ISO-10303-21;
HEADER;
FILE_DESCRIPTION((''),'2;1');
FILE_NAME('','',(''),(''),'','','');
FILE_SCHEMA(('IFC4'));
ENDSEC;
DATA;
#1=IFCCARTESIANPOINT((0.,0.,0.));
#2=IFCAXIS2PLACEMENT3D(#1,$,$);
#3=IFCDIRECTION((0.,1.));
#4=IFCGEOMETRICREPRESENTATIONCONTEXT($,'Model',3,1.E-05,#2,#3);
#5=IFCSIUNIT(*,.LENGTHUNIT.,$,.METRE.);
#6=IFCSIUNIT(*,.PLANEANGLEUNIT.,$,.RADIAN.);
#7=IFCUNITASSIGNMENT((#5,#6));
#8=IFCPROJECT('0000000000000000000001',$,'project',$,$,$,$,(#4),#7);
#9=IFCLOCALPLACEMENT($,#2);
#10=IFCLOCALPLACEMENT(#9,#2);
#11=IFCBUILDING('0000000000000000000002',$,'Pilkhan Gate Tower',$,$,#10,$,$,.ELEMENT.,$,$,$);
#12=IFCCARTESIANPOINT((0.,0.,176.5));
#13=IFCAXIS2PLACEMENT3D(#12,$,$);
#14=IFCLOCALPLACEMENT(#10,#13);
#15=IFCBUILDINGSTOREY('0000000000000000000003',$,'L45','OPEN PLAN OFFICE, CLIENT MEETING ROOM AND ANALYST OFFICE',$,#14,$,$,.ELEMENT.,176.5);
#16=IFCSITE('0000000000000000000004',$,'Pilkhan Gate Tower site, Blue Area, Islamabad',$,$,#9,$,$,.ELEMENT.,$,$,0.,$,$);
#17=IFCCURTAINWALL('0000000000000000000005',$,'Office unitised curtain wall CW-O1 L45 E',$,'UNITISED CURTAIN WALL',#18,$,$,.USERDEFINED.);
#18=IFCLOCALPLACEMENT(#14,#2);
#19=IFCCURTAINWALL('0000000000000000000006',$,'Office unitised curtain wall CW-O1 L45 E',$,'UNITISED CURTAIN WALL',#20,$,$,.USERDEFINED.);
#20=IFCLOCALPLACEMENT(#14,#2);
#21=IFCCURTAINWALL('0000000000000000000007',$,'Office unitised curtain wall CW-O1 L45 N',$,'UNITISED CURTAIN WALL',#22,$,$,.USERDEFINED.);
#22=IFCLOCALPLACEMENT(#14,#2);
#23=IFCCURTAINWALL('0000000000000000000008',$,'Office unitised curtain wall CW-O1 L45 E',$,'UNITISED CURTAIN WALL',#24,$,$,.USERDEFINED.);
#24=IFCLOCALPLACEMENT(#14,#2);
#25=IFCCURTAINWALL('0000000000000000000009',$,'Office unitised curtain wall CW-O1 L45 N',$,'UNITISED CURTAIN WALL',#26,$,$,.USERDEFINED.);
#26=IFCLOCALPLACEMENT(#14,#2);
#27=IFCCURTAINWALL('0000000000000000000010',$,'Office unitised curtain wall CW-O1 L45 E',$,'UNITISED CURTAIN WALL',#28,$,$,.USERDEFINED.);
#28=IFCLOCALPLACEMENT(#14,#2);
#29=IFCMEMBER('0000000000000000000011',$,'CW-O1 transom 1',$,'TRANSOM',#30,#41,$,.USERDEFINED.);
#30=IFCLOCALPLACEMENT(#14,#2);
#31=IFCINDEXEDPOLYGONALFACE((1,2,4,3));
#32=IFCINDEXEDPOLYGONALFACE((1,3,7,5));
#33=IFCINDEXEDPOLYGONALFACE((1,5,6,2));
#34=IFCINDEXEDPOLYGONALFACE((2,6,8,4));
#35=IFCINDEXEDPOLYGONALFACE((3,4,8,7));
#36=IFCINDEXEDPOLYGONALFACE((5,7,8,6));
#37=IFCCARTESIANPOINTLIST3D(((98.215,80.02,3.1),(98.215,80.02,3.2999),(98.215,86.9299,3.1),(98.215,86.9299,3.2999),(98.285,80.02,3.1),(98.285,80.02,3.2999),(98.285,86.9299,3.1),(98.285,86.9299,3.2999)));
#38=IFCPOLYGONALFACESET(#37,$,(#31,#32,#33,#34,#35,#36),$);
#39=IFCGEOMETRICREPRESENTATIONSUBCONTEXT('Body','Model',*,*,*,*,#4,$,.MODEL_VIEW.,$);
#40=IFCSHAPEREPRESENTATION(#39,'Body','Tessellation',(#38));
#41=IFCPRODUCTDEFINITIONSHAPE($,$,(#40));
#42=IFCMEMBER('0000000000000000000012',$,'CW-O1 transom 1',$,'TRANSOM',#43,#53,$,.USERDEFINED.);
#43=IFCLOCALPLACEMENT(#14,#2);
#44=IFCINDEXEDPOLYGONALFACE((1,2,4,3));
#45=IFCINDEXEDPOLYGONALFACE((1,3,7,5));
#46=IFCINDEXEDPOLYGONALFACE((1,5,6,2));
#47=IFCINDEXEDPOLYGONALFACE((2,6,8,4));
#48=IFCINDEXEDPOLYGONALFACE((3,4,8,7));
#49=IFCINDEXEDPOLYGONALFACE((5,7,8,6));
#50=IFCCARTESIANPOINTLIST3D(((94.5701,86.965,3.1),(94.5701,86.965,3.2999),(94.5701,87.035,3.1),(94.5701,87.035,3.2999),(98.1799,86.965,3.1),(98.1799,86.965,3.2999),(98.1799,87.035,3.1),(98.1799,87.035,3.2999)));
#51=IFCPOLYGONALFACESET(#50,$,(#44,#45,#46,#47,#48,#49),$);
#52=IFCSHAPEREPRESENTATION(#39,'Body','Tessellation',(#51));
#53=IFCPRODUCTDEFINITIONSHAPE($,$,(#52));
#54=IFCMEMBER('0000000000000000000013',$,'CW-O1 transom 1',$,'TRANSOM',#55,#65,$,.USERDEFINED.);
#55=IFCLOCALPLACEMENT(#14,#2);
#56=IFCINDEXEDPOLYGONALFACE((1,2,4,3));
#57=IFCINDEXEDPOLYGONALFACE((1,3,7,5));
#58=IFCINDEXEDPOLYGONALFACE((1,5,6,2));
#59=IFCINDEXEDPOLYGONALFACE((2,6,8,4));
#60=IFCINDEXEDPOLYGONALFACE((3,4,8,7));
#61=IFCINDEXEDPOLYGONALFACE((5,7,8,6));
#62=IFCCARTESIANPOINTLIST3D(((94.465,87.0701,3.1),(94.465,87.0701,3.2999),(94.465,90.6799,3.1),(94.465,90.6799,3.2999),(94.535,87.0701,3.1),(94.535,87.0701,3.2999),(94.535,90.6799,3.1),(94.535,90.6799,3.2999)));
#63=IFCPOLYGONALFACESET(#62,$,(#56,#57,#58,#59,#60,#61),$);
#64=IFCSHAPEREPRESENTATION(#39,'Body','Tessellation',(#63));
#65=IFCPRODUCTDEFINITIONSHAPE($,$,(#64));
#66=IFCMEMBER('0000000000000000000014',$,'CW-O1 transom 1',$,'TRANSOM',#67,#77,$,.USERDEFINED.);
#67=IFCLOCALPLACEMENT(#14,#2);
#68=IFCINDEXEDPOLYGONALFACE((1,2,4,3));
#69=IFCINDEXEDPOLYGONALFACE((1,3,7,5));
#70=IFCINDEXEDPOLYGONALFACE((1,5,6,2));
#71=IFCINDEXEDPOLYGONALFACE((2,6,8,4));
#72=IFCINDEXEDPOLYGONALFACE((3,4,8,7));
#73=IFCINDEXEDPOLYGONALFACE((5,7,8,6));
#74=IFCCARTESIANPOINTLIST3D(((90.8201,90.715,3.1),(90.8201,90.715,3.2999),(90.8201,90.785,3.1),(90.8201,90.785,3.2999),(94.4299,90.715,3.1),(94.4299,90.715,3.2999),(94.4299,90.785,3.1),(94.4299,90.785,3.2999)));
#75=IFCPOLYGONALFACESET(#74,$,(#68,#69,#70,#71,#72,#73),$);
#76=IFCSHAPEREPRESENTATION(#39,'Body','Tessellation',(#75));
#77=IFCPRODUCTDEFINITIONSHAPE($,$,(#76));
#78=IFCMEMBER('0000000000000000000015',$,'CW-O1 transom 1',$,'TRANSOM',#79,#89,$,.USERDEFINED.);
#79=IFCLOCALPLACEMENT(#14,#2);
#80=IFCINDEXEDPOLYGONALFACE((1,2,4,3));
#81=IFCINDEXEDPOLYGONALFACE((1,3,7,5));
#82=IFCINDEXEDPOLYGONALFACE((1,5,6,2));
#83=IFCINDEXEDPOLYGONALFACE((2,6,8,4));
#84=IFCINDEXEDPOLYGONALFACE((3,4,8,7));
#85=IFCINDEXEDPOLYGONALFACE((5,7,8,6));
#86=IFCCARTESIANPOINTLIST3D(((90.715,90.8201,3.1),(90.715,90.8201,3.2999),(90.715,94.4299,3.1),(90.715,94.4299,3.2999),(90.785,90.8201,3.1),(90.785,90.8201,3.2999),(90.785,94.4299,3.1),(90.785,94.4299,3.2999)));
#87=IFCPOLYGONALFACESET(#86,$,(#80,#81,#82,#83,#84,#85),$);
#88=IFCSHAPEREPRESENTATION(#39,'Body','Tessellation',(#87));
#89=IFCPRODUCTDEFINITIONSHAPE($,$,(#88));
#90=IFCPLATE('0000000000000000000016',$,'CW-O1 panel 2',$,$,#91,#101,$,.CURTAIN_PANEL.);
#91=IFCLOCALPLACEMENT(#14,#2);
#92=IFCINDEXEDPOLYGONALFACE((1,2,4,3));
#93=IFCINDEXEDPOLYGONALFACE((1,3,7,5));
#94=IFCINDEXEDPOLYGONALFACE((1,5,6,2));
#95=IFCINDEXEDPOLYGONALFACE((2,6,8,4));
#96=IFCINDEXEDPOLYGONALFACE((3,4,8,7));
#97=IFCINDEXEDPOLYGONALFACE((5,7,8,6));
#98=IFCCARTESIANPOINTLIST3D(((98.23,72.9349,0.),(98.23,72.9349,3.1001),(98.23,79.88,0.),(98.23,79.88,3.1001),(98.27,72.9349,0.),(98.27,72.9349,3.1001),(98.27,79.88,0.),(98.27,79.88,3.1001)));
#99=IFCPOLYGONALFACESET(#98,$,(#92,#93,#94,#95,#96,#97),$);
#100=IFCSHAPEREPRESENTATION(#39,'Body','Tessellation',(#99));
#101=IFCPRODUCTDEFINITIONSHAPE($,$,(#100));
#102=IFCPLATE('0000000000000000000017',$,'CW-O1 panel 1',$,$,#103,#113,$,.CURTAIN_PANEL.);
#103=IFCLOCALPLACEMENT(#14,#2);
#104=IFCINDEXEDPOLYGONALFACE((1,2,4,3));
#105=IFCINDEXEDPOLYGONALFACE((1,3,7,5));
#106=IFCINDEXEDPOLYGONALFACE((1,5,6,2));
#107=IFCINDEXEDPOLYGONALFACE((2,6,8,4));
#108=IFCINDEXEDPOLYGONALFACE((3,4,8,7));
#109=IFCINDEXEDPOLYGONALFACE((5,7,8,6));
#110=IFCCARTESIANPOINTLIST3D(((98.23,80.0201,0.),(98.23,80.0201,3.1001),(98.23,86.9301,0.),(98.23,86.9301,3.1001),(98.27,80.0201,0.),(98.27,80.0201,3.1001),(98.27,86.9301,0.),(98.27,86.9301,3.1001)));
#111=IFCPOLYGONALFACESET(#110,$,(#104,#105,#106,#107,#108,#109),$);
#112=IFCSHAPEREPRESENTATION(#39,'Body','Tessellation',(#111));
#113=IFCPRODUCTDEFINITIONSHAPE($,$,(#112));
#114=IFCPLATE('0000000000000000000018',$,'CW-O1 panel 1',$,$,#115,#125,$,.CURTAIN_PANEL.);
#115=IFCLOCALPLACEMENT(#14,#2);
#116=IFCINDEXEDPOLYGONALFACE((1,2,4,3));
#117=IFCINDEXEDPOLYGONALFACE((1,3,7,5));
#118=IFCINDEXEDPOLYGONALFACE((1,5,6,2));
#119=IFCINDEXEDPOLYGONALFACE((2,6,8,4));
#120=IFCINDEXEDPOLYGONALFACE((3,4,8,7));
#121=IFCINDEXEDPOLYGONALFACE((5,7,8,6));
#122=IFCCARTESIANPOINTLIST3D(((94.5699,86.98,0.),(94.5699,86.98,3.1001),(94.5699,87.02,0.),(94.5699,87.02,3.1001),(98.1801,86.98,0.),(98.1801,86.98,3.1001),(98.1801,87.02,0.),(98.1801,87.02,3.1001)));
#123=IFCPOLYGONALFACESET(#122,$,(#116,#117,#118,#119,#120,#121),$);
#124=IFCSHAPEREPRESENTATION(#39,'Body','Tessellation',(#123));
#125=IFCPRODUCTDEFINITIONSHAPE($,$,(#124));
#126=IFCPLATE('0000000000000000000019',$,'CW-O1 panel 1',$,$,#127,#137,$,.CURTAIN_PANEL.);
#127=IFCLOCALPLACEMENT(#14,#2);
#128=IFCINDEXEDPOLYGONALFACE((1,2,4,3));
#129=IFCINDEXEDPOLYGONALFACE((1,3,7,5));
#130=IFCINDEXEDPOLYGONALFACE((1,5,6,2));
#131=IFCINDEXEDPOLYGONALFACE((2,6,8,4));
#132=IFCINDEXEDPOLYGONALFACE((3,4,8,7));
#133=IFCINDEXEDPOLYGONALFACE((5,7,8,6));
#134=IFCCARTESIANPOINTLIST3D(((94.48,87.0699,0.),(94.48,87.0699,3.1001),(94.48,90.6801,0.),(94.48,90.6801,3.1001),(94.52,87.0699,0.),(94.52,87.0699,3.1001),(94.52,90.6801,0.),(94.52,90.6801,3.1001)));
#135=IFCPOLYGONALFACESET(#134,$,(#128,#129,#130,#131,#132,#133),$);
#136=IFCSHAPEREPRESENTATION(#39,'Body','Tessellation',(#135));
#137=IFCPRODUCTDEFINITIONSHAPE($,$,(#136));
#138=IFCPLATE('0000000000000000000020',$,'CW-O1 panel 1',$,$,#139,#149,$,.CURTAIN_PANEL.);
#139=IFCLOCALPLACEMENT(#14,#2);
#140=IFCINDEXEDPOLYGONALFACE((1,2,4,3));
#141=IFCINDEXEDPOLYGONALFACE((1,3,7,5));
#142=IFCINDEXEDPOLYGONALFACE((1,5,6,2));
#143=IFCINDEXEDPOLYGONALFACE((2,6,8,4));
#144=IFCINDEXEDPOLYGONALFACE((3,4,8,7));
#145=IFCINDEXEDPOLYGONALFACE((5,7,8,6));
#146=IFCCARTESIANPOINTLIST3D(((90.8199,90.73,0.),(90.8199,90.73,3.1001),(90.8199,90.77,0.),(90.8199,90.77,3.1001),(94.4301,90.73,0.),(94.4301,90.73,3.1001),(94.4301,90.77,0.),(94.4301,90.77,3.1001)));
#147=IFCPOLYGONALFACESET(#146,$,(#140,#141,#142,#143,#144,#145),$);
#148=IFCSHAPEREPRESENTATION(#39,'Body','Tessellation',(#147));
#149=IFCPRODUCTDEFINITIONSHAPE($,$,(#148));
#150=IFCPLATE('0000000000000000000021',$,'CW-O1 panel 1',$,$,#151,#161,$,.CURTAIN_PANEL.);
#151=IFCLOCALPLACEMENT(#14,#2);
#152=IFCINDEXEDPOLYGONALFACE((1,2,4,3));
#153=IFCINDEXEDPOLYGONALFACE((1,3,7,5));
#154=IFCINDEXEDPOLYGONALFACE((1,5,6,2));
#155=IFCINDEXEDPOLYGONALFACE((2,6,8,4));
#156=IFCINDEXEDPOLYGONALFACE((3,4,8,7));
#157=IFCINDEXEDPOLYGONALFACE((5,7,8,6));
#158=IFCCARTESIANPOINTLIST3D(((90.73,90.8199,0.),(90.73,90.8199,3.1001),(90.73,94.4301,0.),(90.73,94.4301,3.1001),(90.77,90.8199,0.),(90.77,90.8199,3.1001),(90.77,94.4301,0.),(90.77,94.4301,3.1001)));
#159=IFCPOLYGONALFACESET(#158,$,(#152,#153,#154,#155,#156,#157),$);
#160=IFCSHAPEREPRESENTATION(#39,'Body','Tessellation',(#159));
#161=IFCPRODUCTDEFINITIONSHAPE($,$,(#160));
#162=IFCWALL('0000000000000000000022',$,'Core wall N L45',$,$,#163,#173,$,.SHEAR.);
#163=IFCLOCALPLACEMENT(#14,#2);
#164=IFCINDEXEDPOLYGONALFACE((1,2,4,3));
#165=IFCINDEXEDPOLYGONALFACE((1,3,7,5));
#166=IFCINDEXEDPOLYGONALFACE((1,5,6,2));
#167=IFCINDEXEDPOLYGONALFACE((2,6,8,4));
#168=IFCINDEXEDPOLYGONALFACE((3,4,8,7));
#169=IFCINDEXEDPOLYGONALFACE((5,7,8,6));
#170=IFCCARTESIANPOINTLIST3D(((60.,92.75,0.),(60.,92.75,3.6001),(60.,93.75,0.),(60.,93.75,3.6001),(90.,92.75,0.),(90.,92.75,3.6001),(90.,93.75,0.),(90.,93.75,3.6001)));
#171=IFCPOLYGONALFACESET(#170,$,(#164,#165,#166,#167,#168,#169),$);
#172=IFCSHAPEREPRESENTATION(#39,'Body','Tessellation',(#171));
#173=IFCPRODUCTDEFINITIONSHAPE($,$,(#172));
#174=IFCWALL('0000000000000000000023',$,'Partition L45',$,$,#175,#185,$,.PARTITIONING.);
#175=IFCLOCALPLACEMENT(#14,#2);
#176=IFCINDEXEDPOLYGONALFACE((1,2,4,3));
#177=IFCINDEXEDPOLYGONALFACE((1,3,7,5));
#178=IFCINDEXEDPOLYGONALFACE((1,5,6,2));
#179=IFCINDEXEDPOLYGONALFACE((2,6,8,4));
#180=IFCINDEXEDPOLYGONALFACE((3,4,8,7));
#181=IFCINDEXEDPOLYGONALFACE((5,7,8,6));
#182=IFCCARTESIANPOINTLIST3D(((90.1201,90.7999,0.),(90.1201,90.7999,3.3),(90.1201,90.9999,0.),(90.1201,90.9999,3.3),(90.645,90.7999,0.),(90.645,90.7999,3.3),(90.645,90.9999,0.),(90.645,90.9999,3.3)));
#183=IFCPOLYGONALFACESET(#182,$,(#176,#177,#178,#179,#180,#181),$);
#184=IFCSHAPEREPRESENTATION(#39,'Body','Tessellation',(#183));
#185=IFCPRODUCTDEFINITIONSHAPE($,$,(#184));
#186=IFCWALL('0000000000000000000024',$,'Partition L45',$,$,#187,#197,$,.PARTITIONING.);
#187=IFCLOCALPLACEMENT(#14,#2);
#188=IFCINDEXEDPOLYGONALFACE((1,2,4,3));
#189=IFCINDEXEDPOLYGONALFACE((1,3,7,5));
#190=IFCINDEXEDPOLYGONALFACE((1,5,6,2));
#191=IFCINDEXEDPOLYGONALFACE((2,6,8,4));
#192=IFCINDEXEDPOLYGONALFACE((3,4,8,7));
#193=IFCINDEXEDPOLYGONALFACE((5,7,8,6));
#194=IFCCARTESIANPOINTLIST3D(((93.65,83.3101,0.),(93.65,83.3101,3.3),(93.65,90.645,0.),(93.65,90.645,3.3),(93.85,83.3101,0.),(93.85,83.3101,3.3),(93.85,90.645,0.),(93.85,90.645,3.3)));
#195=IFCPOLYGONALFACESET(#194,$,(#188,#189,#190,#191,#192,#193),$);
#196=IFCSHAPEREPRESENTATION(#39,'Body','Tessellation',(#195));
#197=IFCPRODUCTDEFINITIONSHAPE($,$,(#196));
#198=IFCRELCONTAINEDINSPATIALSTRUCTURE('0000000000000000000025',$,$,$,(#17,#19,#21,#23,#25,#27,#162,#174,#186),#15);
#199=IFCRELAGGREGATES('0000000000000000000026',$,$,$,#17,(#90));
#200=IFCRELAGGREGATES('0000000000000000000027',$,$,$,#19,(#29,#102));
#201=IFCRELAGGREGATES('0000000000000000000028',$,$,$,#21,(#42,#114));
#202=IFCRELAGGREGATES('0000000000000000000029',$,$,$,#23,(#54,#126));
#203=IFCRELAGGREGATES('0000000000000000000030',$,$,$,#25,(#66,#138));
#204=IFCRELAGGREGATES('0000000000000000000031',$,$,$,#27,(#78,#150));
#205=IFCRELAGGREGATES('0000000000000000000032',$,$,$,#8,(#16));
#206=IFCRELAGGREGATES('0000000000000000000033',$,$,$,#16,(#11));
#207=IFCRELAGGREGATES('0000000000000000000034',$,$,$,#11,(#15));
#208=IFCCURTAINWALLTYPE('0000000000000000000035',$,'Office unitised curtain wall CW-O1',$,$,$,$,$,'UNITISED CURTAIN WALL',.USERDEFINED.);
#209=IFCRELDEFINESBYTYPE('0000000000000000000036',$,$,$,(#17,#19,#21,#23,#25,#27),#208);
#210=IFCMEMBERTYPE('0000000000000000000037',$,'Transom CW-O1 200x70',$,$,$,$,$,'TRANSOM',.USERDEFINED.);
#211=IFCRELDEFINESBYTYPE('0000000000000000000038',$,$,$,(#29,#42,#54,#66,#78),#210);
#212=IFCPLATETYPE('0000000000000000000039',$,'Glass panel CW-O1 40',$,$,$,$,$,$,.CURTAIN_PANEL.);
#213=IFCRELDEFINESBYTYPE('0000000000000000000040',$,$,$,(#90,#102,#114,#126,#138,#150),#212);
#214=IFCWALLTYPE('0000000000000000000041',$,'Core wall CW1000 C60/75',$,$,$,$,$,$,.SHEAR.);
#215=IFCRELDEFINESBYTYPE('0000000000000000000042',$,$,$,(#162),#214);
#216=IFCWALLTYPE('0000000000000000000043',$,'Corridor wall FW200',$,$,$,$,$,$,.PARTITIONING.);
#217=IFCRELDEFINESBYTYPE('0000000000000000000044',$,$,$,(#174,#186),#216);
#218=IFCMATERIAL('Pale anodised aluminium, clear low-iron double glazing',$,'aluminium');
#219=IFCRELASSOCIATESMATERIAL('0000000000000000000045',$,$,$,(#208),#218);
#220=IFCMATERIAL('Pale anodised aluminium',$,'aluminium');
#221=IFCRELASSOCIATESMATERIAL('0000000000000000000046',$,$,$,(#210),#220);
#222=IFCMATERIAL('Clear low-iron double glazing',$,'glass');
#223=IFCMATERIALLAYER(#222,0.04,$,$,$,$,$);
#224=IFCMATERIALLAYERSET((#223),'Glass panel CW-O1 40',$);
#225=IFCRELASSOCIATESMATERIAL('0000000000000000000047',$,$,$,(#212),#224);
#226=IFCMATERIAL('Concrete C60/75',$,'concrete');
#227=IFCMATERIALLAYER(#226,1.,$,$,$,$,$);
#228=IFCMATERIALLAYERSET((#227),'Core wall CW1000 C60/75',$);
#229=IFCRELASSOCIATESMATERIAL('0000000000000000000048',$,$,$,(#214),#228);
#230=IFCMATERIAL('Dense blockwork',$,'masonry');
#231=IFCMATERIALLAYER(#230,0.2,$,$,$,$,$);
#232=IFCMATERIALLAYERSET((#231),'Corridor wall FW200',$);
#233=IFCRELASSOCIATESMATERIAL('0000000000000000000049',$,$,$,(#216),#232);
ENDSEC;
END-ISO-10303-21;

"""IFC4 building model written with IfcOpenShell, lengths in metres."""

from ifc_helpers import new_model, si_unit, direction, frame, frame_2d, origin, origin_2d, place, context, subcontext, project, spatial, rectangle, extrude, material, layer, layer_set, material_profile, profile_set, type_object, element, aggregate, save


model = new_model("IFC4")

# Units and contexts
model_context = context("Model", 3, precision=1e-05, world=origin(), true_north=direction((0.0, 1.0)))
body_context = subcontext(model_context, "Body", "Model", "MODEL_VIEW")
ifc_project = project(units=[si_unit("LENGTHUNIT", "METRE"), si_unit("PLANEANGLEUNIT", "RADIAN")], contexts=[model_context])

# Site, building, storey
site_placement = place(None, origin())
site = spatial("IfcSite", under=ifc_project, at=site_placement, Name="Pilkhan Gate Tower site, Blue Area, Islamabad", CompositionType="ELEMENT", RefElevation=0.0)
building_placement = place(site_placement, origin())
building = spatial("IfcBuilding", under=site, at=building_placement, Name="Pilkhan Gate Tower", CompositionType="ELEMENT")
storey_placement = place(building_placement, frame((0.0, 0.0, 176.5)))
storey = spatial("IfcBuildingStorey", under=building, at=storey_placement, Name="L45", Description="OPEN PLAN OFFICE, CLIENT MEETING ROOM AND ANALYST OFFICE", CompositionType="ELEMENT", Elevation=176.5)

# Shared definitions
ifc_material_1 = material(Name="Concrete C60/75", Category="concrete")

# Curtain wall
ifc_material_2 = material(Name="Pale anodised aluminium, clear low-iron double glazing", Category="aluminium")
curtain_wall_type = type_object("IfcCurtainWallType", Name="Office unitised curtain wall CW-O1", ElementType="UNITISED CURTAIN WALL", PredefinedType="USERDEFINED", material=ifc_material_2)
curtain_wall_1_placement = place(storey_placement, origin())
curtain_wall_1 = element("IfcCurtainWall", 1, at=curtain_wall_1_placement, inside=storey, type_object=curtain_wall_type, Name="Office unitised curtain wall CW-O1 L45 E", ObjectType="UNITISED CURTAIN WALL", PredefinedType="USERDEFINED")
ifc_material_3 = material(Name="Pale anodised aluminium", Category="aluminium")

# Curtain walls
curtain_wall_2_placement = place(storey_placement, origin())
curtain_wall_2 = element("IfcCurtainWall", 2, at=curtain_wall_2_placement, inside=storey, type_object=curtain_wall_type, Name="Office unitised curtain wall CW-O1 L45 E", ObjectType="UNITISED CURTAIN WALL", PredefinedType="USERDEFINED")
curtain_wall_3_placement = place(storey_placement, origin())
curtain_wall_3 = element("IfcCurtainWall", 3, at=curtain_wall_3_placement, inside=storey, type_object=curtain_wall_type, Name="Office unitised curtain wall CW-O1 L45 N", ObjectType="UNITISED CURTAIN WALL", PredefinedType="USERDEFINED")
curtain_wall_4_placement = place(storey_placement, origin())
curtain_wall_4 = element("IfcCurtainWall", 4, at=curtain_wall_4_placement, inside=storey, type_object=curtain_wall_type, Name="Office unitised curtain wall CW-O1 L45 E", ObjectType="UNITISED CURTAIN WALL", PredefinedType="USERDEFINED")
curtain_wall_5_placement = place(storey_placement, origin())
curtain_wall_5 = element("IfcCurtainWall", 5, at=curtain_wall_5_placement, inside=storey, type_object=curtain_wall_type, Name="Office unitised curtain wall CW-O1 L45 N", ObjectType="UNITISED CURTAIN WALL", PredefinedType="USERDEFINED")
curtain_wall_6_placement = place(storey_placement, origin())
curtain_wall_6 = element("IfcCurtainWall", 6, at=curtain_wall_6_placement, inside=storey, type_object=curtain_wall_type, Name="Office unitised curtain wall CW-O1 L45 E", ObjectType="UNITISED CURTAIN WALL", PredefinedType="USERDEFINED")

# Members
ifc_material_profile_1 = material_profile(ifc_material_3, rectangle(XDim=0.0701, YDim=0.2, at=origin_2d()), Name="Transom 200x70")
ifc_profile_set_1 = profile_set([ifc_material_profile_1], Name="Pale anodised aluminium")
member_type_1 = type_object("IfcMemberType", Name="Transom CW-O1 200x70", ElementType="TRANSOM", PredefinedType="USERDEFINED", material=ifc_profile_set_1)
member_1_placement = place(storey_placement, frame((98.25, 80.02, 3.2), z_axis=(0.0, 1.0, 0.0), x_axis=(-1.0, 0.0, 0.0)))
member_1 = element("IfcMember", 7, at=member_1_placement, type_object=member_type_1, Name="CW-O1 transom 1", ObjectType="TRANSOM", PredefinedType="USERDEFINED", context=body_context, shape_type="SweptSolid", body=[
    extrude(rectangle(XDim=0.0701, YDim=0.2, at=origin_2d()), origin(), (0.0, 0.0, 1.0), 6.9099),
])
member_2_placement = place(storey_placement, frame((94.5701, 87.0, 3.2), z_axis=(1.0, 0.0, 0.0), x_axis=(0.0, 1.0, 0.0)))
member_2 = element("IfcMember", 8, at=member_2_placement, type_object=member_type_1, Name="CW-O1 transom 1", ObjectType="TRANSOM", PredefinedType="USERDEFINED", context=body_context, shape_type="SweptSolid", body=[
    extrude(rectangle(XDim=0.0701, YDim=0.2, at=origin_2d()), origin(), (0.0, 0.0, 1.0), 3.6099),
])
member_3_placement = place(storey_placement, frame((94.5, 87.0701, 3.2), z_axis=(0.0, 1.0, 0.0), x_axis=(-1.0, 0.0, 0.0)))
member_3 = element("IfcMember", 9, at=member_3_placement, type_object=member_type_1, Name="CW-O1 transom 1", ObjectType="TRANSOM", PredefinedType="USERDEFINED", context=body_context, shape_type="SweptSolid", body=[
    extrude(rectangle(XDim=0.0701, YDim=0.2, at=origin_2d()), origin(), (0.0, 0.0, 1.0), 3.6099),
])
member_4_placement = place(storey_placement, frame((90.8201, 90.75, 3.2), z_axis=(1.0, 0.0, 0.0), x_axis=(0.0, 1.0, 0.0)))
member_4 = element("IfcMember", 10, at=member_4_placement, type_object=member_type_1, Name="CW-O1 transom 1", ObjectType="TRANSOM", PredefinedType="USERDEFINED", context=body_context, shape_type="SweptSolid", body=[
    extrude(rectangle(XDim=0.0701, YDim=0.2, at=origin_2d()), origin(), (0.0, 0.0, 1.0), 3.6099),
])
member_5_placement = place(storey_placement, frame((90.75, 90.8201, 3.2), z_axis=(0.0, 1.0, 0.0), x_axis=(-1.0, 0.0, 0.0)))
member_5 = element("IfcMember", 11, at=member_5_placement, type_object=member_type_1, Name="CW-O1 transom 1", ObjectType="TRANSOM", PredefinedType="USERDEFINED", context=body_context, shape_type="SweptSolid", body=[
    extrude(rectangle(XDim=0.0701, YDim=0.2, at=origin_2d()), origin(), (0.0, 0.0, 1.0), 3.6099),
])

# Plates
ifc_material_4 = material(Name="Clear low-iron double glazing", Category="glass")
ifc_layer_1 = layer(ifc_material_4, 0.04)
ifc_layer_set_1 = layer_set([ifc_layer_1], Name="Glass panel CW-O1 40")
plate_type = type_object("IfcPlateType", Name="Glass panel CW-O1 40", PredefinedType="CURTAIN_PANEL", material=ifc_layer_set_1)
plate_1_placement = place(storey_placement, frame((98.25, 76.4075, 0.0), z_axis=(0.0, 0.0, 1.0), x_axis=(0.0, 1.0, 0.0)))
plate_1 = element("IfcPlate", 12, at=plate_1_placement, type_object=plate_type, Name="CW-O1 panel 2", PredefinedType="CURTAIN_PANEL", context=body_context, shape_type="SweptSolid", body=[
    extrude(rectangle(XDim=6.9451, YDim=0.04, at=origin_2d()), origin(), (0.0, 0.0, 1.0), 3.1001),
])
aggregate(curtain_wall_1, [plate_1])
plate_2_placement = place(storey_placement, frame((98.25, 83.4751, 0.0), z_axis=(0.0, 0.0, 1.0), x_axis=(0.0, 1.0, 0.0)))
plate_2 = element("IfcPlate", 13, at=plate_2_placement, type_object=plate_type, Name="CW-O1 panel 1", PredefinedType="CURTAIN_PANEL", context=body_context, shape_type="SweptSolid", body=[
    extrude(rectangle(XDim=6.9099, YDim=0.04, at=origin_2d()), origin(), (0.0, 0.0, 1.0), 3.1001),
])
aggregate(curtain_wall_2, [member_1, plate_2])
plate_3_placement = place(storey_placement, frame((96.375, 87.0, 0.0), z_axis=(0.0, 0.0, 1.0), x_axis=(1.0, 0.0, 0.0)))
plate_3 = element("IfcPlate", 14, at=plate_3_placement, type_object=plate_type, Name="CW-O1 panel 1", PredefinedType="CURTAIN_PANEL", context=body_context, shape_type="SweptSolid", body=[
    extrude(rectangle(XDim=3.6101, YDim=0.04, at=origin_2d()), origin(), (0.0, 0.0, 1.0), 3.1001),
])
aggregate(curtain_wall_3, [member_2, plate_3])
plate_4_placement = place(storey_placement, frame((94.5, 88.875, 0.0), z_axis=(0.0, 0.0, 1.0), x_axis=(0.0, 1.0, 0.0)))
plate_4 = element("IfcPlate", 15, at=plate_4_placement, type_object=plate_type, Name="CW-O1 panel 1", PredefinedType="CURTAIN_PANEL", context=body_context, shape_type="SweptSolid", body=[
    extrude(rectangle(XDim=3.6101, YDim=0.04, at=origin_2d()), origin(), (0.0, 0.0, 1.0), 3.1001),
])
aggregate(curtain_wall_4, [member_3, plate_4])
plate_5_placement = place(storey_placement, frame((92.625, 90.75, 0.0), z_axis=(0.0, 0.0, 1.0), x_axis=(1.0, 0.0, 0.0)))
plate_5 = element("IfcPlate", 16, at=plate_5_placement, type_object=plate_type, Name="CW-O1 panel 1", PredefinedType="CURTAIN_PANEL", context=body_context, shape_type="SweptSolid", body=[
    extrude(rectangle(XDim=3.6101, YDim=0.04, at=origin_2d()), origin(), (0.0, 0.0, 1.0), 3.1001),
])
aggregate(curtain_wall_5, [member_4, plate_5])
plate_6_placement = place(storey_placement, frame((90.75, 92.625, 0.0), z_axis=(0.0, 0.0, 1.0), x_axis=(0.0, 1.0, 0.0)))
plate_6 = element("IfcPlate", 17, at=plate_6_placement, type_object=plate_type, Name="CW-O1 panel 1", PredefinedType="CURTAIN_PANEL", context=body_context, shape_type="SweptSolid", body=[
    extrude(rectangle(XDim=3.6101, YDim=0.04, at=origin_2d()), origin(), (0.0, 0.0, 1.0), 3.1001),
])
aggregate(curtain_wall_6, [member_5, plate_6])

# Walls
ifc_layer_2 = layer(ifc_material_1, 1.0)
ifc_layer_set_2 = layer_set([ifc_layer_2], Name="Core wall CW1000 C60/75")
wall_type_1 = type_object("IfcWallType", Name="Core wall CW1000 C60/75", PredefinedType="SHEAR", material=ifc_layer_set_2)
wall_1_placement = place(storey_placement, frame((90.0, 93.25, 0.0), z_axis=(0.0, 0.0, 1.0), x_axis=(-1.0, 0.0, 0.0)))
element("IfcWall", 18, at=wall_1_placement, inside=storey, type_object=wall_type_1, Name="Core wall N L45", PredefinedType="SHEAR", context=body_context, shape_type="SweptSolid", body=[
    extrude(rectangle(XDim=30.0, YDim=1.0, at=frame_2d((15.0, 0.0))), origin(), (0.0, 0.0, 1.0), 3.6001),
])
ifc_material_5 = material(Name="Dense blockwork", Category="masonry")
ifc_layer_3 = layer(ifc_material_5, 0.2)
ifc_layer_set_3 = layer_set([ifc_layer_3], Name="Corridor wall FW200")
wall_type_2 = type_object("IfcWallType", Name="Corridor wall FW200", PredefinedType="PARTITIONING", material=ifc_layer_set_3)
wall_2_placement = place(storey_placement, frame((90.1201, 90.8999, 0.0), z_axis=(0.0, 0.0, 1.0), x_axis=(1.0, 0.0, 0.0)))
element("IfcWall", 19, at=wall_2_placement, inside=storey, type_object=wall_type_2, Name="Partition L45", PredefinedType="PARTITIONING", context=body_context, shape_type="SweptSolid", body=[
    extrude(rectangle(XDim=0.5249, YDim=0.2, at=frame_2d((0.2625, 0.0))), origin(), (0.0, 0.0, 1.0), 3.3),
])
wall_3_placement = place(storey_placement, frame((93.75, 83.3101, 0.0), z_axis=(0.0, 0.0, 1.0), x_axis=(0.0, 1.0, 0.0)))
element("IfcWall", 20, at=wall_3_placement, inside=storey, type_object=wall_type_2, Name="Partition L45", PredefinedType="PARTITIONING", context=body_context, shape_type="SweptSolid", body=[
    extrude(rectangle(XDim=7.335, YDim=0.2, at=frame_2d((3.6675, 0.0))), origin(), (0.0, 0.0, 1.0), 3.3),
])

save(model, "model.ifc")
